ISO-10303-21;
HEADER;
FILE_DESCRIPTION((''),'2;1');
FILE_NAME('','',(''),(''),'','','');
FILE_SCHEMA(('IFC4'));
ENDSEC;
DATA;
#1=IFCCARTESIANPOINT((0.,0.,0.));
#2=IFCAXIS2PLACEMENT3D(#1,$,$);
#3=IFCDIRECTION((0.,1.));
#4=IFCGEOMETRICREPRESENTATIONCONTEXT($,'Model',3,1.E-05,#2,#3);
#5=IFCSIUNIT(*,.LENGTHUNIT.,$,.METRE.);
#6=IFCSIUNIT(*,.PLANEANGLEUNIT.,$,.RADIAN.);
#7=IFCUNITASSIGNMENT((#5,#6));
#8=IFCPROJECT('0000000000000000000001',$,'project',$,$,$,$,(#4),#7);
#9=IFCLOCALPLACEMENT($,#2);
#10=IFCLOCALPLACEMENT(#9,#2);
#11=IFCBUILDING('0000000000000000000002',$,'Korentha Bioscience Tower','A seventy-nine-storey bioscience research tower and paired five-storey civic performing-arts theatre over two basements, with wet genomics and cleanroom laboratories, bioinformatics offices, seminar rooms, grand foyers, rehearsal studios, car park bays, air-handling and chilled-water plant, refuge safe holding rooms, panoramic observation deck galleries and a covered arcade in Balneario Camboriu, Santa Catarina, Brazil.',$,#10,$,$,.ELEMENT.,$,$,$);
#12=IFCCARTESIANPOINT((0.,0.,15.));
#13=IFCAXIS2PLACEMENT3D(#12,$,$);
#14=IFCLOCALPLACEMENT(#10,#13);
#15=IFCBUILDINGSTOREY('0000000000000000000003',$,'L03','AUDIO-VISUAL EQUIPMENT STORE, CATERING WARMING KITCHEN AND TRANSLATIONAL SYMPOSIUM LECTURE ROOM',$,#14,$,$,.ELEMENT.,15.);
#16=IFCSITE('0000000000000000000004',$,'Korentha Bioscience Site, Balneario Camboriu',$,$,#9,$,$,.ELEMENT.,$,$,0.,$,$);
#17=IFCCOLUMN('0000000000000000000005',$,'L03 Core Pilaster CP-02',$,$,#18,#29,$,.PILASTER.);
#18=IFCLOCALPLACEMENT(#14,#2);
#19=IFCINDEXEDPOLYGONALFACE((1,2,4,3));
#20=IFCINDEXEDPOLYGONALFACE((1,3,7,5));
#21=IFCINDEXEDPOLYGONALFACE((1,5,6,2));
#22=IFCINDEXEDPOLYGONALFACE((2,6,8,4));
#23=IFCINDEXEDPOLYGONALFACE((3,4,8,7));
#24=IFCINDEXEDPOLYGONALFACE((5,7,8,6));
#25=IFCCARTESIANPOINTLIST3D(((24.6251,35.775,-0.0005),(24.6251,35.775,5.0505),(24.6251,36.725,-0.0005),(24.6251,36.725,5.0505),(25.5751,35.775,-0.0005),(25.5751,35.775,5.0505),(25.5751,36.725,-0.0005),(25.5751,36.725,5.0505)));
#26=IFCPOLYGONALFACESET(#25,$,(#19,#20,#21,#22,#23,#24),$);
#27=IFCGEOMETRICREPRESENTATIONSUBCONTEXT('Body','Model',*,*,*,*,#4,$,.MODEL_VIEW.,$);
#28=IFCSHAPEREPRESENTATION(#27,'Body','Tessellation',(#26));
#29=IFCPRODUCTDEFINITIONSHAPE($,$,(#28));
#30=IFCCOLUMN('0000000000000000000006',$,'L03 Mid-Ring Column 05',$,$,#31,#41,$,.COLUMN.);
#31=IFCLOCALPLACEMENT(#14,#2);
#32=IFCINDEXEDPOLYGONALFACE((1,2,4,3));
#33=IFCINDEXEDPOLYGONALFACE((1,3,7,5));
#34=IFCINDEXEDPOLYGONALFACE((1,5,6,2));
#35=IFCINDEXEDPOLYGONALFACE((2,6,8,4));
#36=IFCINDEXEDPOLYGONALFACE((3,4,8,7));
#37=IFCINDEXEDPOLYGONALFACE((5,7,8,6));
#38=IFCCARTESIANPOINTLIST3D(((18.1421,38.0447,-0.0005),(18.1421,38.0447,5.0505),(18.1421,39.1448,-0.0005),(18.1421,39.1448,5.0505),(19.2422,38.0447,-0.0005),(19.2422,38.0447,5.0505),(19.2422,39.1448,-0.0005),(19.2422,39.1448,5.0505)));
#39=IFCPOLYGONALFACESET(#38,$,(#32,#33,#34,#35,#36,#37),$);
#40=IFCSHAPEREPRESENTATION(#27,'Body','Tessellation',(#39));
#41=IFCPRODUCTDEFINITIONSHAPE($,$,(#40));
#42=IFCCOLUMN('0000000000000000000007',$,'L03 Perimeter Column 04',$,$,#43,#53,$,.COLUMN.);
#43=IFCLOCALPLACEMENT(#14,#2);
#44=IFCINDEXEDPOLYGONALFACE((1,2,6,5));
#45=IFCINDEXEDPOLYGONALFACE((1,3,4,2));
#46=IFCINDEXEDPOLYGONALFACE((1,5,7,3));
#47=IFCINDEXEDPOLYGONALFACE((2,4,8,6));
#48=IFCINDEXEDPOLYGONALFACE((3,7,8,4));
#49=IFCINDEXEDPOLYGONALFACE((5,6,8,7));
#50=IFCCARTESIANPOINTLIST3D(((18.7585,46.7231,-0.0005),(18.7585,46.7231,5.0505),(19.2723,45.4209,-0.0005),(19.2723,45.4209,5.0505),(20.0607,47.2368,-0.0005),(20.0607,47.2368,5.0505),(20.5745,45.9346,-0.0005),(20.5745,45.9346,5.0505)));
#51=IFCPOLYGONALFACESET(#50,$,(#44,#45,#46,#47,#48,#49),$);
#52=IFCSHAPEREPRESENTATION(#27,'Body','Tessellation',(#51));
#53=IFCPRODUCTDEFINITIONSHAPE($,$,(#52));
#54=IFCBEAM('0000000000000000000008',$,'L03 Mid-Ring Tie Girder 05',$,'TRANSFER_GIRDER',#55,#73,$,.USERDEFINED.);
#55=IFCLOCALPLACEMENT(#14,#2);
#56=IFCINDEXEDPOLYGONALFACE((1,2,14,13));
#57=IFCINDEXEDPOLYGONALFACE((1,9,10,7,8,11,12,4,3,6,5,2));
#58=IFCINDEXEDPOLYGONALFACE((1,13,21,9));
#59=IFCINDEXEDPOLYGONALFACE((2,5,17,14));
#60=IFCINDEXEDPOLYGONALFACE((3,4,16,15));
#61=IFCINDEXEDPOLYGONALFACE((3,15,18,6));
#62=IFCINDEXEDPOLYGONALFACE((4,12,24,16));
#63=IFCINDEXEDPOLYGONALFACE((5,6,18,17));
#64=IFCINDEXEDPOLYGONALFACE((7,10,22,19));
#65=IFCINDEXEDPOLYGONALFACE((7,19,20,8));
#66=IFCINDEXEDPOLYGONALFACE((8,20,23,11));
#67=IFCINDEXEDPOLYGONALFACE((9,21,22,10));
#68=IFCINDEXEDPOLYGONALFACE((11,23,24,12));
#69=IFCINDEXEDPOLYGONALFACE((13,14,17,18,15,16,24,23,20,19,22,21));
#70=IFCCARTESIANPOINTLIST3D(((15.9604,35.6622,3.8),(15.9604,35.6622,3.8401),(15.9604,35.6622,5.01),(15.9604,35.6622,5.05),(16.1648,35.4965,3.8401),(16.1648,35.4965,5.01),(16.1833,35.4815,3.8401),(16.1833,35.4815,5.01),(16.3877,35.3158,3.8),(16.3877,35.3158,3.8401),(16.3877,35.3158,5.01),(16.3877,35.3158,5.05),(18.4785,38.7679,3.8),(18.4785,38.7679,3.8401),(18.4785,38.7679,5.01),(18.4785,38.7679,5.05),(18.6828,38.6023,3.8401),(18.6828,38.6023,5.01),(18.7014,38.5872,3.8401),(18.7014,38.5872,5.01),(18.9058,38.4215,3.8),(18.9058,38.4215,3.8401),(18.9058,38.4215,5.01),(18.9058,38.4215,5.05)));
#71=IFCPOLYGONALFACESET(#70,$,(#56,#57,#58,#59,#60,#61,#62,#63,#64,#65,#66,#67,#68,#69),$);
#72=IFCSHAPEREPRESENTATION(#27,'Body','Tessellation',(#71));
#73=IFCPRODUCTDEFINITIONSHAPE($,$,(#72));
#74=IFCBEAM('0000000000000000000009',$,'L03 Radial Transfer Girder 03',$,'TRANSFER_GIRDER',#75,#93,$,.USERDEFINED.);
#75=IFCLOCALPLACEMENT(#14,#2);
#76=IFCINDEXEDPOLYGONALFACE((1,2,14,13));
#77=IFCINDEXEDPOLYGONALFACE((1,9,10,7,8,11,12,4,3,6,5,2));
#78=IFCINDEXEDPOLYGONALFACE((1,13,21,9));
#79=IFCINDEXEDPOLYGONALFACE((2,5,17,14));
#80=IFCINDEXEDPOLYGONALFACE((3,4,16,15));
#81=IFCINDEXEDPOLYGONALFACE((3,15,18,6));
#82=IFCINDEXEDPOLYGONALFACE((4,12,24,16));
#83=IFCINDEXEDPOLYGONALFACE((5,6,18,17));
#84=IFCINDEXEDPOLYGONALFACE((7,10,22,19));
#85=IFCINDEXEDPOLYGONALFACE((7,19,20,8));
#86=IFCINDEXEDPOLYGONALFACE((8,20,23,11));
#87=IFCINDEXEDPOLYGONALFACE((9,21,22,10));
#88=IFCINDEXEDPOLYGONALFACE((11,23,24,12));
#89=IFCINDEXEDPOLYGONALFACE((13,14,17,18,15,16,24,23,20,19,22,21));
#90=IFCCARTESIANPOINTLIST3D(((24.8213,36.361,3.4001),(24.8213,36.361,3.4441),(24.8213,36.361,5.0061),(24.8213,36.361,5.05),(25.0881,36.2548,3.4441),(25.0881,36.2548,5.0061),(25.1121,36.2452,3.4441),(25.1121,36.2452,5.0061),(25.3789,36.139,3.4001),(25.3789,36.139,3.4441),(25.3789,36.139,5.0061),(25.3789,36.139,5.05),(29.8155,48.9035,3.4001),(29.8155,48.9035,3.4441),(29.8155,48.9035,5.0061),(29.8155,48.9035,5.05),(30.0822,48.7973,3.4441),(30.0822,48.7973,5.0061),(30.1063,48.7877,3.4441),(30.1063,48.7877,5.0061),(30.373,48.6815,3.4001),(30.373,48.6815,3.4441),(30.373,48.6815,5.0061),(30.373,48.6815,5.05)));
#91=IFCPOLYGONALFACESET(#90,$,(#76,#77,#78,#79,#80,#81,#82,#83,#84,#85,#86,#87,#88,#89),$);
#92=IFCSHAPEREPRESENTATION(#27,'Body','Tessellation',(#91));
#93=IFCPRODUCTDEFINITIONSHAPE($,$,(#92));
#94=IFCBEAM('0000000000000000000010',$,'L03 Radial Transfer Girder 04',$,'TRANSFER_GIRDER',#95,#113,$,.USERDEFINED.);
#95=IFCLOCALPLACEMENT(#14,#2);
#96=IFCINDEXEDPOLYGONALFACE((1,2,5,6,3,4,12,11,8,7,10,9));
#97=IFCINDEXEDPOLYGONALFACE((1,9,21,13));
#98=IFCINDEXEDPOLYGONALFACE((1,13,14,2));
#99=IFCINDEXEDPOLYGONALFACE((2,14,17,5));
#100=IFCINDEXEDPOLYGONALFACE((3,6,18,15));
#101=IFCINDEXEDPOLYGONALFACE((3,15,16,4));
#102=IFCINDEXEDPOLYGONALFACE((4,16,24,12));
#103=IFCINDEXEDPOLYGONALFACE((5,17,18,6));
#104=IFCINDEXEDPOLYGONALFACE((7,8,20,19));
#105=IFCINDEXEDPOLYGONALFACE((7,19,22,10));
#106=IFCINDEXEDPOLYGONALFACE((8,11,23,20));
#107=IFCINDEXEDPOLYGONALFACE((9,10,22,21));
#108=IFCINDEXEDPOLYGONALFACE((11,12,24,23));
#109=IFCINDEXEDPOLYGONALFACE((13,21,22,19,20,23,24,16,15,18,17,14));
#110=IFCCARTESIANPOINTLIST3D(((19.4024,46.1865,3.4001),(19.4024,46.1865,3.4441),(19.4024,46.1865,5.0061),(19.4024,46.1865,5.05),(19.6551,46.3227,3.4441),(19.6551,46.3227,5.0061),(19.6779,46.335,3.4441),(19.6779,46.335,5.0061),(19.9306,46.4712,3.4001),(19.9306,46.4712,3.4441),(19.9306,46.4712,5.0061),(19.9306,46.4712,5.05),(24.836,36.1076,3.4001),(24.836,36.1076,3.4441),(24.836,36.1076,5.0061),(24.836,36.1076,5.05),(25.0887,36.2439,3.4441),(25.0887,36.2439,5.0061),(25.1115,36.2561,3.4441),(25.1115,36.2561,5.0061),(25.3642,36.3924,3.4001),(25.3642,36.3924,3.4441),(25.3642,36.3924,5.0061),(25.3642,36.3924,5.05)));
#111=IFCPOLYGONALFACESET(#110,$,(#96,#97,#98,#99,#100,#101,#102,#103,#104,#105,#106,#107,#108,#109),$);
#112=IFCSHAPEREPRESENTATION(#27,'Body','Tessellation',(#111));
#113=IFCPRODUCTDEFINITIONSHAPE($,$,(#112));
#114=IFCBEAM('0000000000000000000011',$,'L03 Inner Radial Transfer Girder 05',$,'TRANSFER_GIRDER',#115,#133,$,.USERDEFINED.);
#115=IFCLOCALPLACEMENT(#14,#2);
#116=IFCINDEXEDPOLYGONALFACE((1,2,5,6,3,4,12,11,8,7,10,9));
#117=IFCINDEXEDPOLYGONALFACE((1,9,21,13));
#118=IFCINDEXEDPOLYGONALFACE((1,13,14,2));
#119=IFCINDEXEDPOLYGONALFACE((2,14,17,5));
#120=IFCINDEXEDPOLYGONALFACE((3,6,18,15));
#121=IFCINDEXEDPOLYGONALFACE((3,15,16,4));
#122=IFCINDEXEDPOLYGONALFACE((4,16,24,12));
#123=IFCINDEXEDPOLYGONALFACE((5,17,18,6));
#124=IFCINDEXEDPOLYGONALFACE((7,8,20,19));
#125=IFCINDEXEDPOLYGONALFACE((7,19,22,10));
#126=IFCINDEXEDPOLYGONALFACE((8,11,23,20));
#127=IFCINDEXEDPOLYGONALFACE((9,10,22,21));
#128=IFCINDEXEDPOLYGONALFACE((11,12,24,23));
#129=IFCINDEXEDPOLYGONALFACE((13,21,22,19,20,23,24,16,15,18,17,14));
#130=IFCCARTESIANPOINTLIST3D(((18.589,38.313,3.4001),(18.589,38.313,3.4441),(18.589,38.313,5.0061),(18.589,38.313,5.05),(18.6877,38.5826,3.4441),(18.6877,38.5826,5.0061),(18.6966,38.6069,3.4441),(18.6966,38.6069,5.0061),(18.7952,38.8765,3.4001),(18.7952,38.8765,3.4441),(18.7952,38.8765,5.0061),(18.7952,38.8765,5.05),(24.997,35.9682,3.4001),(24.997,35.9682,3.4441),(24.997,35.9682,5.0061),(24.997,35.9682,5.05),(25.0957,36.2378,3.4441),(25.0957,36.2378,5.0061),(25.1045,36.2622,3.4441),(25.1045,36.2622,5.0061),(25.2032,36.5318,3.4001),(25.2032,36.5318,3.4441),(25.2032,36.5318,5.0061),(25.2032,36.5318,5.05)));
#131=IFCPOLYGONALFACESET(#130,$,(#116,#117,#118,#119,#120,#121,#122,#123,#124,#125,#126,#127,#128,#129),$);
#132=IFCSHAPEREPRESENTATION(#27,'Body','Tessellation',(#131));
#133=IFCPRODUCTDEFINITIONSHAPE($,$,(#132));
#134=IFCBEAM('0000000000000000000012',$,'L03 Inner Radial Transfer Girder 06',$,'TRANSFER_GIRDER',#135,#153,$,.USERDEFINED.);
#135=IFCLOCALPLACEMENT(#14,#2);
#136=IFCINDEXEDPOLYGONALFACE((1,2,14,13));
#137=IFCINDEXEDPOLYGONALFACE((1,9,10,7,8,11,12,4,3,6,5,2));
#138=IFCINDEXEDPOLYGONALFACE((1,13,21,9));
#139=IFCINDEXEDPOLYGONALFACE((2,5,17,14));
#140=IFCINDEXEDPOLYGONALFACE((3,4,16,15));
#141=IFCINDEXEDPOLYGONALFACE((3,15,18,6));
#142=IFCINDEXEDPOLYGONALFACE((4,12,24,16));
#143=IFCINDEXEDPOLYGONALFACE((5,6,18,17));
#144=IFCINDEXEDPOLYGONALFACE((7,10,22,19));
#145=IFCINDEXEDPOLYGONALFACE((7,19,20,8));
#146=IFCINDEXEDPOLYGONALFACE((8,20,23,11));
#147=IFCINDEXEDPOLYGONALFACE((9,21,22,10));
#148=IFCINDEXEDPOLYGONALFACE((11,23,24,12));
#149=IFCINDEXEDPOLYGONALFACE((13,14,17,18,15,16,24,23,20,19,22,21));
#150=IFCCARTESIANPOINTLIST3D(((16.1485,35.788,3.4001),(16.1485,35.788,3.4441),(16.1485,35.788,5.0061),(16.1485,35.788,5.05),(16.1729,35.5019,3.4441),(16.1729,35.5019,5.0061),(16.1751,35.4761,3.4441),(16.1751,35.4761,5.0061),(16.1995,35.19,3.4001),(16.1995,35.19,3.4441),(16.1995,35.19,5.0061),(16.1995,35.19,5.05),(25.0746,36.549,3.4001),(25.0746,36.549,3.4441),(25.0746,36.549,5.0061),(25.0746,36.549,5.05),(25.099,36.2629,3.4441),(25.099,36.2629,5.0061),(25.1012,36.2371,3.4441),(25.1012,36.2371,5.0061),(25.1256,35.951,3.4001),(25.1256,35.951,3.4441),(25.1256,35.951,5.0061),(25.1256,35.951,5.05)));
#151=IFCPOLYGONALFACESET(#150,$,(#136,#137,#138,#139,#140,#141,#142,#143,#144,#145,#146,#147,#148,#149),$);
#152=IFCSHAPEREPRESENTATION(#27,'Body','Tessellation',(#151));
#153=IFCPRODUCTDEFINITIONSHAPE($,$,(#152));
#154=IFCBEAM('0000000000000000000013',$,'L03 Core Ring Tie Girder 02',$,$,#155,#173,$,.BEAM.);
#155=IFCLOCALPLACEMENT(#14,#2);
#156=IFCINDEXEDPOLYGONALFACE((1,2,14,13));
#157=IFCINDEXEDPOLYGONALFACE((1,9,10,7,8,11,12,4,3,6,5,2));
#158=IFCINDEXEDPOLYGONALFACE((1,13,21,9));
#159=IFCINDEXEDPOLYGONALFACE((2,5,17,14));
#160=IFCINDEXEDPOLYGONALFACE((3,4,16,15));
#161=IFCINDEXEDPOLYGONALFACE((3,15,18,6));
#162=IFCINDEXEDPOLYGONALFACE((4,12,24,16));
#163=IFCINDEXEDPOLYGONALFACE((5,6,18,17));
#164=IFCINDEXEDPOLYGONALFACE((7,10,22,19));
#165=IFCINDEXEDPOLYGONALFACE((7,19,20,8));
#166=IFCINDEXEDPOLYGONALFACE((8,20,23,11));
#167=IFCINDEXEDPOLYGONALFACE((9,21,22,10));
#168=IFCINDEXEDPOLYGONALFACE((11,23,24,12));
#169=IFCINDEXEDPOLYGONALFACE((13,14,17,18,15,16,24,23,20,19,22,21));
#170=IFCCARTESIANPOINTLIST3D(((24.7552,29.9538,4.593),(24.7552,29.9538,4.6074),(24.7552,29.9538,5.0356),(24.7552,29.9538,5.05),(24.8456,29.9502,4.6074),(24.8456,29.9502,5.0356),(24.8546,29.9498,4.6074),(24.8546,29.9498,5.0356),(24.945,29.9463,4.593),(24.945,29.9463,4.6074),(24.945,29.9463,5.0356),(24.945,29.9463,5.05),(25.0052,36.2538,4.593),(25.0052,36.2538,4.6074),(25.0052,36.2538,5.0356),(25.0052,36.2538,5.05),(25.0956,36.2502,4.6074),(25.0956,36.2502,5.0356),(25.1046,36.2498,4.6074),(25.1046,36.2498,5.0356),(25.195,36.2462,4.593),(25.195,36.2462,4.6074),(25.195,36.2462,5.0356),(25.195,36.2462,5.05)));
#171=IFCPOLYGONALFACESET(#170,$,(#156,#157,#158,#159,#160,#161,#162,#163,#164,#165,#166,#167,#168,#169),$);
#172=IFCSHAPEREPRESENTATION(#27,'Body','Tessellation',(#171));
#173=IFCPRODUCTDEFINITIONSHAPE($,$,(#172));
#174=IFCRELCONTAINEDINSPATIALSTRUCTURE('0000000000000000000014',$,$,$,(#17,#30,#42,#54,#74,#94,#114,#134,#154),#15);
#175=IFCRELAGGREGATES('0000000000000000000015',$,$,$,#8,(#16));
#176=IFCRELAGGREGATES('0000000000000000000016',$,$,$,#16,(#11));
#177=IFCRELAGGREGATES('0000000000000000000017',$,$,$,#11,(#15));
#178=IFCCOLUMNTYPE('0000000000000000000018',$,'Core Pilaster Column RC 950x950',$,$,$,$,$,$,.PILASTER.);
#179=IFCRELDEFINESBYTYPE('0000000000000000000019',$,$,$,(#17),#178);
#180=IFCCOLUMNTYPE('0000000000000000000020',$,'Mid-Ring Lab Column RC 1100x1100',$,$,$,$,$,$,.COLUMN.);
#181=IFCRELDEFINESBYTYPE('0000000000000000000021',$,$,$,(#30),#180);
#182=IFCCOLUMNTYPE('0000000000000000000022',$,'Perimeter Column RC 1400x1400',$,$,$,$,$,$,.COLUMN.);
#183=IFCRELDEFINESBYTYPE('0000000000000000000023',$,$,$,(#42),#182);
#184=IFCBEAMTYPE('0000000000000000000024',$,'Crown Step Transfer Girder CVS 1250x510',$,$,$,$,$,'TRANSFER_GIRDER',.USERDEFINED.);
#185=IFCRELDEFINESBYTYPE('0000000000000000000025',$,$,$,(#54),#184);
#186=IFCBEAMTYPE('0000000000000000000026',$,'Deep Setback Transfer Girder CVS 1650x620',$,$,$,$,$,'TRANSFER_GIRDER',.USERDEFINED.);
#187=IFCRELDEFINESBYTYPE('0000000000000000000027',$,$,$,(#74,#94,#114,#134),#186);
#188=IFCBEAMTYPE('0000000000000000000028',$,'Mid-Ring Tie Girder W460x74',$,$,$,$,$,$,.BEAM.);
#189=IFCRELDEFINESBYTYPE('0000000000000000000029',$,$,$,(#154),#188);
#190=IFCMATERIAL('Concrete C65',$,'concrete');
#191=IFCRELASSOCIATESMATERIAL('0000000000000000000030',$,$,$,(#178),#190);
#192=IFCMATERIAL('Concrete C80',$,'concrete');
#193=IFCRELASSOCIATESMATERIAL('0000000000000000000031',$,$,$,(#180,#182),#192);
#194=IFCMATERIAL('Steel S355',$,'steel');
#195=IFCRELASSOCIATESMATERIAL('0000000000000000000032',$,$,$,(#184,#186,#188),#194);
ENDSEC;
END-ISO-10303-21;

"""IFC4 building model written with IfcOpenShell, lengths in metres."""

from ifc_helpers import new_model, si_unit, direction, frame, origin, origin_2d, place, context, subcontext, project, spatial, rectangle, i_section, extrude, material, material_profile, profile_set, type_object, element, save


model = new_model("IFC4")

# Units and contexts
model_context = context("Model", 3, precision=1e-05, world=origin(), true_north=direction((0.0, 1.0)))
body_context = subcontext(model_context, "Body", "Model", "MODEL_VIEW")
ifc_project = project(units=[si_unit("LENGTHUNIT", "METRE"), si_unit("PLANEANGLEUNIT", "RADIAN")], contexts=[model_context])

# Site, building, storey
site_placement = place(None, origin())
site = spatial("IfcSite", under=ifc_project, at=site_placement, Name="Korentha Bioscience Site, Balneario Camboriu", CompositionType="ELEMENT", RefElevation=0.0)
building_placement = place(site_placement, origin())
building = spatial("IfcBuilding", under=site, at=building_placement, Name="Korentha Bioscience Tower", Description="A seventy-nine-storey bioscience research tower and paired five-storey civic performing-arts theatre over two basements, with wet genomics and cleanroom laboratories, bioinformatics offices, seminar rooms, grand foyers, rehearsal studios, car park bays, air-handling and chilled-water plant, refuge safe holding rooms, panoramic observation deck galleries and a covered arcade in Balneario Camboriu, Santa Catarina, Brazil.", CompositionType="ELEMENT")
storey_placement = place(building_placement, frame((0.0, 0.0, 15.0)))
storey = spatial("IfcBuildingStorey", under=building, at=storey_placement, Name="L03", Description="AUDIO-VISUAL EQUIPMENT STORE, CATERING WARMING KITCHEN AND TRANSLATIONAL SYMPOSIUM LECTURE ROOM", CompositionType="ELEMENT", Elevation=15.0)

# Columns
ifc_material_1 = material(Name="Concrete C65", Category="concrete")
ifc_material_profile_1 = material_profile(ifc_material_1, rectangle(XDim=0.95, YDim=0.95, at=origin_2d()), Name="Concrete C65")
ifc_profile_set_1 = profile_set([ifc_material_profile_1], Name="Concrete C65 (COL-CP09)")
column_type_1 = type_object("IfcColumnType", Name="Core Pilaster Column RC 950x950", PredefinedType="PILASTER", material=ifc_profile_set_1)
column_1_placement = place(storey_placement, frame((25.1001, 36.25, -0.0005), z_axis=(0.0, 0.0, 1.0), x_axis=(1.0, 0.0, 0.0)))
element("IfcColumn", 1, at=column_1_placement, inside=storey, type_object=column_type_1, Name="L03 Core Pilaster CP-02", PredefinedType="PILASTER", context=body_context, shape_type="SweptSolid", body=[
    extrude(rectangle(XDim=0.95, YDim=0.95, at=origin_2d()), origin(), (0.0, 0.0, 1.0), 5.051),
])
ifc_material_2 = material(Name="Concrete C80", Category="concrete")
ifc_material_profile_2 = material_profile(ifc_material_2, rectangle(XDim=1.1001, YDim=1.1001, at=origin_2d()), Name="Concrete C80")
ifc_profile_set_2 = profile_set([ifc_material_profile_2], Name="Concrete C80 (COL-MR11)")
column_type_2 = type_object("IfcColumnType", Name="Mid-Ring Lab Column RC 1100x1100", PredefinedType="COLUMN", material=ifc_profile_set_2)
column_2_placement = place(storey_placement, frame((18.6921, 38.5947, -0.0005), z_axis=(0.0, 0.0, 1.0), x_axis=(1.0, 0.0, 0.0)))
element("IfcColumn", 2, at=column_2_placement, inside=storey, type_object=column_type_2, Name="L03 Mid-Ring Column 05", PredefinedType="COLUMN", context=body_context, shape_type="SweptSolid", body=[
    extrude(rectangle(XDim=1.1001, YDim=1.1001, at=origin_2d()), origin(), (0.0, 0.0, 1.0), 5.051),
])
ifc_material_profile_3 = material_profile(ifc_material_2, rectangle(XDim=1.3999, YDim=1.3999, at=origin_2d()), Name="Concrete C80")
ifc_profile_set_3 = profile_set([ifc_material_profile_3], Name="Concrete C80 (COL-P14)")
column_type_3 = type_object("IfcColumnType", Name="Perimeter Column RC 1400x1400", PredefinedType="COLUMN", material=ifc_profile_set_3)
column_3_placement = place(storey_placement, frame((19.6665, 46.3289, -0.0005), z_axis=(0.0, 0.0, 1.0), x_axis=(0.930226, 0.366988, 0.0)))
element("IfcColumn", 3, at=column_3_placement, inside=storey, type_object=column_type_3, Name="L03 Perimeter Column 04", PredefinedType="COLUMN", context=body_context, shape_type="SweptSolid", body=[
    extrude(rectangle(XDim=1.3999, YDim=1.3999, at=origin_2d()), origin(), (0.0, 0.0, 1.0), 5.051),
])

# Beams
ifc_material_3 = material(Name="Steel S355", Category="steel")
ifc_material_profile_4 = material_profile(ifc_material_3, i_section(OverallWidth=0.55, OverallDepth=1.25, WebThickness=0.0239, FlangeThickness=0.04, at=origin_2d()), Name="Steel S355")
ifc_profile_set_4 = profile_set([ifc_material_profile_4], Name="Steel S355 (TG-03)")
beam_type_1 = type_object("IfcBeamType", Name="Crown Step Transfer Girder CVS 1250x510", ElementType="TRANSFER_GIRDER", PredefinedType="USERDEFINED", material=ifc_profile_set_4)
beam_1_placement = place(storey_placement, frame((18.6921, 38.5947, 4.425), z_axis=(-0.62979, -0.776765, 0.0), x_axis=(0.776765, -0.62979, 0.0)))
element("IfcBeam", 4, at=beam_1_placement, inside=storey, type_object=beam_type_1, Name="L03 Mid-Ring Tie Girder 05", ObjectType="TRANSFER_GIRDER", PredefinedType="USERDEFINED", context=body_context, shape_type="SweptSolid", body=[
    extrude(i_section(OverallWidth=0.55, OverallDepth=1.25, WebThickness=0.0239, FlangeThickness=0.04, at=origin_2d()), origin(), (0.0, 0.0, 1.0), 3.9983),
])
ifc_material_profile_5 = material_profile(ifc_material_3, i_section(OverallWidth=0.6001, OverallDepth=1.6499, WebThickness=0.0259, FlangeThickness=0.0439, at=origin_2d()), Name="Steel S355")
ifc_profile_set_5 = profile_set([ifc_material_profile_5], Name="Steel S355 (TG-04)")
beam_type_2 = type_object("IfcBeamType", Name="Deep Setback Transfer Girder CVS 1650x620", ElementType="TRANSFER_GIRDER", PredefinedType="USERDEFINED", material=ifc_profile_set_5)
beam_2_placement = place(storey_placement, frame((25.1001, 36.25, 4.2251), z_axis=(0.369931, 0.929059, 0.0), x_axis=(-0.929059, 0.369931, 0.0)))
element("IfcBeam", 5, at=beam_2_placement, inside=storey, type_object=beam_type_2, Name="L03 Radial Transfer Girder 03", ObjectType="TRANSFER_GIRDER", PredefinedType="USERDEFINED", context=body_context, shape_type="SweptSolid", body=[
    extrude(i_section(OverallWidth=0.6001, OverallDepth=1.6499, WebThickness=0.0259, FlangeThickness=0.0439, at=origin_2d()), origin(), (0.0, 0.0, 1.0), 13.5002),
])
beam_3_placement = place(storey_placement, frame((25.1001, 36.25, 4.2251), z_axis=(-0.474541, 0.880233, 0.0), x_axis=(-0.880233, -0.474541, 0.0)))
element("IfcBeam", 6, at=beam_3_placement, inside=storey, type_object=beam_type_2, Name="L03 Radial Transfer Girder 04", ObjectType="TRANSFER_GIRDER", PredefinedType="USERDEFINED", context=body_context, shape_type="SweptSolid", body=[
    extrude(i_section(OverallWidth=0.6001, OverallDepth=1.6499, WebThickness=0.0259, FlangeThickness=0.0439, at=origin_2d()), origin(), (0.0, 0.0, 1.0), 11.4502),
])
beam_4_placement = place(storey_placement, frame((25.1001, 36.25, 4.2251), z_axis=(-0.939106, 0.343627, 0.0), x_axis=(-0.343627, -0.939106, 0.0)))
element("IfcBeam", 7, at=beam_4_placement, inside=storey, type_object=beam_type_2, Name="L03 Inner Radial Transfer Girder 05", ObjectType="TRANSFER_GIRDER", PredefinedType="USERDEFINED", context=body_context, shape_type="SweptSolid", body=[
    extrude(i_section(OverallWidth=0.6001, OverallDepth=1.6499, WebThickness=0.0259, FlangeThickness=0.0439, at=origin_2d()), origin(), (0.0, 0.0, 1.0), 6.8235),
])
beam_5_placement = place(storey_placement, frame((25.1001, 36.25, 4.2251), z_axis=(-0.996386, -0.084947, 0.0), x_axis=(0.084947, -0.996386, 0.0)))
element("IfcBeam", 8, at=beam_5_placement, inside=storey, type_object=beam_type_2, Name="L03 Inner Radial Transfer Girder 06", ObjectType="TRANSFER_GIRDER", PredefinedType="USERDEFINED", context=body_context, shape_type="SweptSolid", body=[
    extrude(i_section(OverallWidth=0.6001, OverallDepth=1.6499, WebThickness=0.0259, FlangeThickness=0.0439, at=origin_2d()), origin(), (0.0, 0.0, 1.0), 8.9585),
])
ifc_material_profile_6 = material_profile(ifc_material_3, i_section(OverallWidth=0.1899, OverallDepth=0.457, WebThickness=0.009, FlangeThickness=0.0144, at=origin_2d()), Name="Steel S355")
ifc_profile_set_6 = profile_set([ifc_material_profile_6], Name="Steel S355 (MB-460)")
beam_type_3 = type_object("IfcBeamType", Name="Mid-Ring Tie Girder W460x74", PredefinedType="BEAM", material=ifc_profile_set_6)
beam_6_placement = place(storey_placement, frame((25.1001, 36.25, 4.8215), z_axis=(-0.039651, -0.999214, 0.0), x_axis=(0.999214, -0.039651, 0.0)))
element("IfcBeam", 9, at=beam_6_placement, inside=storey, type_object=beam_type_3, Name="L03 Core Ring Tie Girder 02", PredefinedType="BEAM", context=body_context, shape_type="SweptSolid", body=[
    extrude(i_section(OverallWidth=0.1899, OverallDepth=0.457, WebThickness=0.009, FlangeThickness=0.0144, at=origin_2d()), origin(), (0.0, 0.0, 1.0), 6.3049),
])

save(model, "model.ifc")
